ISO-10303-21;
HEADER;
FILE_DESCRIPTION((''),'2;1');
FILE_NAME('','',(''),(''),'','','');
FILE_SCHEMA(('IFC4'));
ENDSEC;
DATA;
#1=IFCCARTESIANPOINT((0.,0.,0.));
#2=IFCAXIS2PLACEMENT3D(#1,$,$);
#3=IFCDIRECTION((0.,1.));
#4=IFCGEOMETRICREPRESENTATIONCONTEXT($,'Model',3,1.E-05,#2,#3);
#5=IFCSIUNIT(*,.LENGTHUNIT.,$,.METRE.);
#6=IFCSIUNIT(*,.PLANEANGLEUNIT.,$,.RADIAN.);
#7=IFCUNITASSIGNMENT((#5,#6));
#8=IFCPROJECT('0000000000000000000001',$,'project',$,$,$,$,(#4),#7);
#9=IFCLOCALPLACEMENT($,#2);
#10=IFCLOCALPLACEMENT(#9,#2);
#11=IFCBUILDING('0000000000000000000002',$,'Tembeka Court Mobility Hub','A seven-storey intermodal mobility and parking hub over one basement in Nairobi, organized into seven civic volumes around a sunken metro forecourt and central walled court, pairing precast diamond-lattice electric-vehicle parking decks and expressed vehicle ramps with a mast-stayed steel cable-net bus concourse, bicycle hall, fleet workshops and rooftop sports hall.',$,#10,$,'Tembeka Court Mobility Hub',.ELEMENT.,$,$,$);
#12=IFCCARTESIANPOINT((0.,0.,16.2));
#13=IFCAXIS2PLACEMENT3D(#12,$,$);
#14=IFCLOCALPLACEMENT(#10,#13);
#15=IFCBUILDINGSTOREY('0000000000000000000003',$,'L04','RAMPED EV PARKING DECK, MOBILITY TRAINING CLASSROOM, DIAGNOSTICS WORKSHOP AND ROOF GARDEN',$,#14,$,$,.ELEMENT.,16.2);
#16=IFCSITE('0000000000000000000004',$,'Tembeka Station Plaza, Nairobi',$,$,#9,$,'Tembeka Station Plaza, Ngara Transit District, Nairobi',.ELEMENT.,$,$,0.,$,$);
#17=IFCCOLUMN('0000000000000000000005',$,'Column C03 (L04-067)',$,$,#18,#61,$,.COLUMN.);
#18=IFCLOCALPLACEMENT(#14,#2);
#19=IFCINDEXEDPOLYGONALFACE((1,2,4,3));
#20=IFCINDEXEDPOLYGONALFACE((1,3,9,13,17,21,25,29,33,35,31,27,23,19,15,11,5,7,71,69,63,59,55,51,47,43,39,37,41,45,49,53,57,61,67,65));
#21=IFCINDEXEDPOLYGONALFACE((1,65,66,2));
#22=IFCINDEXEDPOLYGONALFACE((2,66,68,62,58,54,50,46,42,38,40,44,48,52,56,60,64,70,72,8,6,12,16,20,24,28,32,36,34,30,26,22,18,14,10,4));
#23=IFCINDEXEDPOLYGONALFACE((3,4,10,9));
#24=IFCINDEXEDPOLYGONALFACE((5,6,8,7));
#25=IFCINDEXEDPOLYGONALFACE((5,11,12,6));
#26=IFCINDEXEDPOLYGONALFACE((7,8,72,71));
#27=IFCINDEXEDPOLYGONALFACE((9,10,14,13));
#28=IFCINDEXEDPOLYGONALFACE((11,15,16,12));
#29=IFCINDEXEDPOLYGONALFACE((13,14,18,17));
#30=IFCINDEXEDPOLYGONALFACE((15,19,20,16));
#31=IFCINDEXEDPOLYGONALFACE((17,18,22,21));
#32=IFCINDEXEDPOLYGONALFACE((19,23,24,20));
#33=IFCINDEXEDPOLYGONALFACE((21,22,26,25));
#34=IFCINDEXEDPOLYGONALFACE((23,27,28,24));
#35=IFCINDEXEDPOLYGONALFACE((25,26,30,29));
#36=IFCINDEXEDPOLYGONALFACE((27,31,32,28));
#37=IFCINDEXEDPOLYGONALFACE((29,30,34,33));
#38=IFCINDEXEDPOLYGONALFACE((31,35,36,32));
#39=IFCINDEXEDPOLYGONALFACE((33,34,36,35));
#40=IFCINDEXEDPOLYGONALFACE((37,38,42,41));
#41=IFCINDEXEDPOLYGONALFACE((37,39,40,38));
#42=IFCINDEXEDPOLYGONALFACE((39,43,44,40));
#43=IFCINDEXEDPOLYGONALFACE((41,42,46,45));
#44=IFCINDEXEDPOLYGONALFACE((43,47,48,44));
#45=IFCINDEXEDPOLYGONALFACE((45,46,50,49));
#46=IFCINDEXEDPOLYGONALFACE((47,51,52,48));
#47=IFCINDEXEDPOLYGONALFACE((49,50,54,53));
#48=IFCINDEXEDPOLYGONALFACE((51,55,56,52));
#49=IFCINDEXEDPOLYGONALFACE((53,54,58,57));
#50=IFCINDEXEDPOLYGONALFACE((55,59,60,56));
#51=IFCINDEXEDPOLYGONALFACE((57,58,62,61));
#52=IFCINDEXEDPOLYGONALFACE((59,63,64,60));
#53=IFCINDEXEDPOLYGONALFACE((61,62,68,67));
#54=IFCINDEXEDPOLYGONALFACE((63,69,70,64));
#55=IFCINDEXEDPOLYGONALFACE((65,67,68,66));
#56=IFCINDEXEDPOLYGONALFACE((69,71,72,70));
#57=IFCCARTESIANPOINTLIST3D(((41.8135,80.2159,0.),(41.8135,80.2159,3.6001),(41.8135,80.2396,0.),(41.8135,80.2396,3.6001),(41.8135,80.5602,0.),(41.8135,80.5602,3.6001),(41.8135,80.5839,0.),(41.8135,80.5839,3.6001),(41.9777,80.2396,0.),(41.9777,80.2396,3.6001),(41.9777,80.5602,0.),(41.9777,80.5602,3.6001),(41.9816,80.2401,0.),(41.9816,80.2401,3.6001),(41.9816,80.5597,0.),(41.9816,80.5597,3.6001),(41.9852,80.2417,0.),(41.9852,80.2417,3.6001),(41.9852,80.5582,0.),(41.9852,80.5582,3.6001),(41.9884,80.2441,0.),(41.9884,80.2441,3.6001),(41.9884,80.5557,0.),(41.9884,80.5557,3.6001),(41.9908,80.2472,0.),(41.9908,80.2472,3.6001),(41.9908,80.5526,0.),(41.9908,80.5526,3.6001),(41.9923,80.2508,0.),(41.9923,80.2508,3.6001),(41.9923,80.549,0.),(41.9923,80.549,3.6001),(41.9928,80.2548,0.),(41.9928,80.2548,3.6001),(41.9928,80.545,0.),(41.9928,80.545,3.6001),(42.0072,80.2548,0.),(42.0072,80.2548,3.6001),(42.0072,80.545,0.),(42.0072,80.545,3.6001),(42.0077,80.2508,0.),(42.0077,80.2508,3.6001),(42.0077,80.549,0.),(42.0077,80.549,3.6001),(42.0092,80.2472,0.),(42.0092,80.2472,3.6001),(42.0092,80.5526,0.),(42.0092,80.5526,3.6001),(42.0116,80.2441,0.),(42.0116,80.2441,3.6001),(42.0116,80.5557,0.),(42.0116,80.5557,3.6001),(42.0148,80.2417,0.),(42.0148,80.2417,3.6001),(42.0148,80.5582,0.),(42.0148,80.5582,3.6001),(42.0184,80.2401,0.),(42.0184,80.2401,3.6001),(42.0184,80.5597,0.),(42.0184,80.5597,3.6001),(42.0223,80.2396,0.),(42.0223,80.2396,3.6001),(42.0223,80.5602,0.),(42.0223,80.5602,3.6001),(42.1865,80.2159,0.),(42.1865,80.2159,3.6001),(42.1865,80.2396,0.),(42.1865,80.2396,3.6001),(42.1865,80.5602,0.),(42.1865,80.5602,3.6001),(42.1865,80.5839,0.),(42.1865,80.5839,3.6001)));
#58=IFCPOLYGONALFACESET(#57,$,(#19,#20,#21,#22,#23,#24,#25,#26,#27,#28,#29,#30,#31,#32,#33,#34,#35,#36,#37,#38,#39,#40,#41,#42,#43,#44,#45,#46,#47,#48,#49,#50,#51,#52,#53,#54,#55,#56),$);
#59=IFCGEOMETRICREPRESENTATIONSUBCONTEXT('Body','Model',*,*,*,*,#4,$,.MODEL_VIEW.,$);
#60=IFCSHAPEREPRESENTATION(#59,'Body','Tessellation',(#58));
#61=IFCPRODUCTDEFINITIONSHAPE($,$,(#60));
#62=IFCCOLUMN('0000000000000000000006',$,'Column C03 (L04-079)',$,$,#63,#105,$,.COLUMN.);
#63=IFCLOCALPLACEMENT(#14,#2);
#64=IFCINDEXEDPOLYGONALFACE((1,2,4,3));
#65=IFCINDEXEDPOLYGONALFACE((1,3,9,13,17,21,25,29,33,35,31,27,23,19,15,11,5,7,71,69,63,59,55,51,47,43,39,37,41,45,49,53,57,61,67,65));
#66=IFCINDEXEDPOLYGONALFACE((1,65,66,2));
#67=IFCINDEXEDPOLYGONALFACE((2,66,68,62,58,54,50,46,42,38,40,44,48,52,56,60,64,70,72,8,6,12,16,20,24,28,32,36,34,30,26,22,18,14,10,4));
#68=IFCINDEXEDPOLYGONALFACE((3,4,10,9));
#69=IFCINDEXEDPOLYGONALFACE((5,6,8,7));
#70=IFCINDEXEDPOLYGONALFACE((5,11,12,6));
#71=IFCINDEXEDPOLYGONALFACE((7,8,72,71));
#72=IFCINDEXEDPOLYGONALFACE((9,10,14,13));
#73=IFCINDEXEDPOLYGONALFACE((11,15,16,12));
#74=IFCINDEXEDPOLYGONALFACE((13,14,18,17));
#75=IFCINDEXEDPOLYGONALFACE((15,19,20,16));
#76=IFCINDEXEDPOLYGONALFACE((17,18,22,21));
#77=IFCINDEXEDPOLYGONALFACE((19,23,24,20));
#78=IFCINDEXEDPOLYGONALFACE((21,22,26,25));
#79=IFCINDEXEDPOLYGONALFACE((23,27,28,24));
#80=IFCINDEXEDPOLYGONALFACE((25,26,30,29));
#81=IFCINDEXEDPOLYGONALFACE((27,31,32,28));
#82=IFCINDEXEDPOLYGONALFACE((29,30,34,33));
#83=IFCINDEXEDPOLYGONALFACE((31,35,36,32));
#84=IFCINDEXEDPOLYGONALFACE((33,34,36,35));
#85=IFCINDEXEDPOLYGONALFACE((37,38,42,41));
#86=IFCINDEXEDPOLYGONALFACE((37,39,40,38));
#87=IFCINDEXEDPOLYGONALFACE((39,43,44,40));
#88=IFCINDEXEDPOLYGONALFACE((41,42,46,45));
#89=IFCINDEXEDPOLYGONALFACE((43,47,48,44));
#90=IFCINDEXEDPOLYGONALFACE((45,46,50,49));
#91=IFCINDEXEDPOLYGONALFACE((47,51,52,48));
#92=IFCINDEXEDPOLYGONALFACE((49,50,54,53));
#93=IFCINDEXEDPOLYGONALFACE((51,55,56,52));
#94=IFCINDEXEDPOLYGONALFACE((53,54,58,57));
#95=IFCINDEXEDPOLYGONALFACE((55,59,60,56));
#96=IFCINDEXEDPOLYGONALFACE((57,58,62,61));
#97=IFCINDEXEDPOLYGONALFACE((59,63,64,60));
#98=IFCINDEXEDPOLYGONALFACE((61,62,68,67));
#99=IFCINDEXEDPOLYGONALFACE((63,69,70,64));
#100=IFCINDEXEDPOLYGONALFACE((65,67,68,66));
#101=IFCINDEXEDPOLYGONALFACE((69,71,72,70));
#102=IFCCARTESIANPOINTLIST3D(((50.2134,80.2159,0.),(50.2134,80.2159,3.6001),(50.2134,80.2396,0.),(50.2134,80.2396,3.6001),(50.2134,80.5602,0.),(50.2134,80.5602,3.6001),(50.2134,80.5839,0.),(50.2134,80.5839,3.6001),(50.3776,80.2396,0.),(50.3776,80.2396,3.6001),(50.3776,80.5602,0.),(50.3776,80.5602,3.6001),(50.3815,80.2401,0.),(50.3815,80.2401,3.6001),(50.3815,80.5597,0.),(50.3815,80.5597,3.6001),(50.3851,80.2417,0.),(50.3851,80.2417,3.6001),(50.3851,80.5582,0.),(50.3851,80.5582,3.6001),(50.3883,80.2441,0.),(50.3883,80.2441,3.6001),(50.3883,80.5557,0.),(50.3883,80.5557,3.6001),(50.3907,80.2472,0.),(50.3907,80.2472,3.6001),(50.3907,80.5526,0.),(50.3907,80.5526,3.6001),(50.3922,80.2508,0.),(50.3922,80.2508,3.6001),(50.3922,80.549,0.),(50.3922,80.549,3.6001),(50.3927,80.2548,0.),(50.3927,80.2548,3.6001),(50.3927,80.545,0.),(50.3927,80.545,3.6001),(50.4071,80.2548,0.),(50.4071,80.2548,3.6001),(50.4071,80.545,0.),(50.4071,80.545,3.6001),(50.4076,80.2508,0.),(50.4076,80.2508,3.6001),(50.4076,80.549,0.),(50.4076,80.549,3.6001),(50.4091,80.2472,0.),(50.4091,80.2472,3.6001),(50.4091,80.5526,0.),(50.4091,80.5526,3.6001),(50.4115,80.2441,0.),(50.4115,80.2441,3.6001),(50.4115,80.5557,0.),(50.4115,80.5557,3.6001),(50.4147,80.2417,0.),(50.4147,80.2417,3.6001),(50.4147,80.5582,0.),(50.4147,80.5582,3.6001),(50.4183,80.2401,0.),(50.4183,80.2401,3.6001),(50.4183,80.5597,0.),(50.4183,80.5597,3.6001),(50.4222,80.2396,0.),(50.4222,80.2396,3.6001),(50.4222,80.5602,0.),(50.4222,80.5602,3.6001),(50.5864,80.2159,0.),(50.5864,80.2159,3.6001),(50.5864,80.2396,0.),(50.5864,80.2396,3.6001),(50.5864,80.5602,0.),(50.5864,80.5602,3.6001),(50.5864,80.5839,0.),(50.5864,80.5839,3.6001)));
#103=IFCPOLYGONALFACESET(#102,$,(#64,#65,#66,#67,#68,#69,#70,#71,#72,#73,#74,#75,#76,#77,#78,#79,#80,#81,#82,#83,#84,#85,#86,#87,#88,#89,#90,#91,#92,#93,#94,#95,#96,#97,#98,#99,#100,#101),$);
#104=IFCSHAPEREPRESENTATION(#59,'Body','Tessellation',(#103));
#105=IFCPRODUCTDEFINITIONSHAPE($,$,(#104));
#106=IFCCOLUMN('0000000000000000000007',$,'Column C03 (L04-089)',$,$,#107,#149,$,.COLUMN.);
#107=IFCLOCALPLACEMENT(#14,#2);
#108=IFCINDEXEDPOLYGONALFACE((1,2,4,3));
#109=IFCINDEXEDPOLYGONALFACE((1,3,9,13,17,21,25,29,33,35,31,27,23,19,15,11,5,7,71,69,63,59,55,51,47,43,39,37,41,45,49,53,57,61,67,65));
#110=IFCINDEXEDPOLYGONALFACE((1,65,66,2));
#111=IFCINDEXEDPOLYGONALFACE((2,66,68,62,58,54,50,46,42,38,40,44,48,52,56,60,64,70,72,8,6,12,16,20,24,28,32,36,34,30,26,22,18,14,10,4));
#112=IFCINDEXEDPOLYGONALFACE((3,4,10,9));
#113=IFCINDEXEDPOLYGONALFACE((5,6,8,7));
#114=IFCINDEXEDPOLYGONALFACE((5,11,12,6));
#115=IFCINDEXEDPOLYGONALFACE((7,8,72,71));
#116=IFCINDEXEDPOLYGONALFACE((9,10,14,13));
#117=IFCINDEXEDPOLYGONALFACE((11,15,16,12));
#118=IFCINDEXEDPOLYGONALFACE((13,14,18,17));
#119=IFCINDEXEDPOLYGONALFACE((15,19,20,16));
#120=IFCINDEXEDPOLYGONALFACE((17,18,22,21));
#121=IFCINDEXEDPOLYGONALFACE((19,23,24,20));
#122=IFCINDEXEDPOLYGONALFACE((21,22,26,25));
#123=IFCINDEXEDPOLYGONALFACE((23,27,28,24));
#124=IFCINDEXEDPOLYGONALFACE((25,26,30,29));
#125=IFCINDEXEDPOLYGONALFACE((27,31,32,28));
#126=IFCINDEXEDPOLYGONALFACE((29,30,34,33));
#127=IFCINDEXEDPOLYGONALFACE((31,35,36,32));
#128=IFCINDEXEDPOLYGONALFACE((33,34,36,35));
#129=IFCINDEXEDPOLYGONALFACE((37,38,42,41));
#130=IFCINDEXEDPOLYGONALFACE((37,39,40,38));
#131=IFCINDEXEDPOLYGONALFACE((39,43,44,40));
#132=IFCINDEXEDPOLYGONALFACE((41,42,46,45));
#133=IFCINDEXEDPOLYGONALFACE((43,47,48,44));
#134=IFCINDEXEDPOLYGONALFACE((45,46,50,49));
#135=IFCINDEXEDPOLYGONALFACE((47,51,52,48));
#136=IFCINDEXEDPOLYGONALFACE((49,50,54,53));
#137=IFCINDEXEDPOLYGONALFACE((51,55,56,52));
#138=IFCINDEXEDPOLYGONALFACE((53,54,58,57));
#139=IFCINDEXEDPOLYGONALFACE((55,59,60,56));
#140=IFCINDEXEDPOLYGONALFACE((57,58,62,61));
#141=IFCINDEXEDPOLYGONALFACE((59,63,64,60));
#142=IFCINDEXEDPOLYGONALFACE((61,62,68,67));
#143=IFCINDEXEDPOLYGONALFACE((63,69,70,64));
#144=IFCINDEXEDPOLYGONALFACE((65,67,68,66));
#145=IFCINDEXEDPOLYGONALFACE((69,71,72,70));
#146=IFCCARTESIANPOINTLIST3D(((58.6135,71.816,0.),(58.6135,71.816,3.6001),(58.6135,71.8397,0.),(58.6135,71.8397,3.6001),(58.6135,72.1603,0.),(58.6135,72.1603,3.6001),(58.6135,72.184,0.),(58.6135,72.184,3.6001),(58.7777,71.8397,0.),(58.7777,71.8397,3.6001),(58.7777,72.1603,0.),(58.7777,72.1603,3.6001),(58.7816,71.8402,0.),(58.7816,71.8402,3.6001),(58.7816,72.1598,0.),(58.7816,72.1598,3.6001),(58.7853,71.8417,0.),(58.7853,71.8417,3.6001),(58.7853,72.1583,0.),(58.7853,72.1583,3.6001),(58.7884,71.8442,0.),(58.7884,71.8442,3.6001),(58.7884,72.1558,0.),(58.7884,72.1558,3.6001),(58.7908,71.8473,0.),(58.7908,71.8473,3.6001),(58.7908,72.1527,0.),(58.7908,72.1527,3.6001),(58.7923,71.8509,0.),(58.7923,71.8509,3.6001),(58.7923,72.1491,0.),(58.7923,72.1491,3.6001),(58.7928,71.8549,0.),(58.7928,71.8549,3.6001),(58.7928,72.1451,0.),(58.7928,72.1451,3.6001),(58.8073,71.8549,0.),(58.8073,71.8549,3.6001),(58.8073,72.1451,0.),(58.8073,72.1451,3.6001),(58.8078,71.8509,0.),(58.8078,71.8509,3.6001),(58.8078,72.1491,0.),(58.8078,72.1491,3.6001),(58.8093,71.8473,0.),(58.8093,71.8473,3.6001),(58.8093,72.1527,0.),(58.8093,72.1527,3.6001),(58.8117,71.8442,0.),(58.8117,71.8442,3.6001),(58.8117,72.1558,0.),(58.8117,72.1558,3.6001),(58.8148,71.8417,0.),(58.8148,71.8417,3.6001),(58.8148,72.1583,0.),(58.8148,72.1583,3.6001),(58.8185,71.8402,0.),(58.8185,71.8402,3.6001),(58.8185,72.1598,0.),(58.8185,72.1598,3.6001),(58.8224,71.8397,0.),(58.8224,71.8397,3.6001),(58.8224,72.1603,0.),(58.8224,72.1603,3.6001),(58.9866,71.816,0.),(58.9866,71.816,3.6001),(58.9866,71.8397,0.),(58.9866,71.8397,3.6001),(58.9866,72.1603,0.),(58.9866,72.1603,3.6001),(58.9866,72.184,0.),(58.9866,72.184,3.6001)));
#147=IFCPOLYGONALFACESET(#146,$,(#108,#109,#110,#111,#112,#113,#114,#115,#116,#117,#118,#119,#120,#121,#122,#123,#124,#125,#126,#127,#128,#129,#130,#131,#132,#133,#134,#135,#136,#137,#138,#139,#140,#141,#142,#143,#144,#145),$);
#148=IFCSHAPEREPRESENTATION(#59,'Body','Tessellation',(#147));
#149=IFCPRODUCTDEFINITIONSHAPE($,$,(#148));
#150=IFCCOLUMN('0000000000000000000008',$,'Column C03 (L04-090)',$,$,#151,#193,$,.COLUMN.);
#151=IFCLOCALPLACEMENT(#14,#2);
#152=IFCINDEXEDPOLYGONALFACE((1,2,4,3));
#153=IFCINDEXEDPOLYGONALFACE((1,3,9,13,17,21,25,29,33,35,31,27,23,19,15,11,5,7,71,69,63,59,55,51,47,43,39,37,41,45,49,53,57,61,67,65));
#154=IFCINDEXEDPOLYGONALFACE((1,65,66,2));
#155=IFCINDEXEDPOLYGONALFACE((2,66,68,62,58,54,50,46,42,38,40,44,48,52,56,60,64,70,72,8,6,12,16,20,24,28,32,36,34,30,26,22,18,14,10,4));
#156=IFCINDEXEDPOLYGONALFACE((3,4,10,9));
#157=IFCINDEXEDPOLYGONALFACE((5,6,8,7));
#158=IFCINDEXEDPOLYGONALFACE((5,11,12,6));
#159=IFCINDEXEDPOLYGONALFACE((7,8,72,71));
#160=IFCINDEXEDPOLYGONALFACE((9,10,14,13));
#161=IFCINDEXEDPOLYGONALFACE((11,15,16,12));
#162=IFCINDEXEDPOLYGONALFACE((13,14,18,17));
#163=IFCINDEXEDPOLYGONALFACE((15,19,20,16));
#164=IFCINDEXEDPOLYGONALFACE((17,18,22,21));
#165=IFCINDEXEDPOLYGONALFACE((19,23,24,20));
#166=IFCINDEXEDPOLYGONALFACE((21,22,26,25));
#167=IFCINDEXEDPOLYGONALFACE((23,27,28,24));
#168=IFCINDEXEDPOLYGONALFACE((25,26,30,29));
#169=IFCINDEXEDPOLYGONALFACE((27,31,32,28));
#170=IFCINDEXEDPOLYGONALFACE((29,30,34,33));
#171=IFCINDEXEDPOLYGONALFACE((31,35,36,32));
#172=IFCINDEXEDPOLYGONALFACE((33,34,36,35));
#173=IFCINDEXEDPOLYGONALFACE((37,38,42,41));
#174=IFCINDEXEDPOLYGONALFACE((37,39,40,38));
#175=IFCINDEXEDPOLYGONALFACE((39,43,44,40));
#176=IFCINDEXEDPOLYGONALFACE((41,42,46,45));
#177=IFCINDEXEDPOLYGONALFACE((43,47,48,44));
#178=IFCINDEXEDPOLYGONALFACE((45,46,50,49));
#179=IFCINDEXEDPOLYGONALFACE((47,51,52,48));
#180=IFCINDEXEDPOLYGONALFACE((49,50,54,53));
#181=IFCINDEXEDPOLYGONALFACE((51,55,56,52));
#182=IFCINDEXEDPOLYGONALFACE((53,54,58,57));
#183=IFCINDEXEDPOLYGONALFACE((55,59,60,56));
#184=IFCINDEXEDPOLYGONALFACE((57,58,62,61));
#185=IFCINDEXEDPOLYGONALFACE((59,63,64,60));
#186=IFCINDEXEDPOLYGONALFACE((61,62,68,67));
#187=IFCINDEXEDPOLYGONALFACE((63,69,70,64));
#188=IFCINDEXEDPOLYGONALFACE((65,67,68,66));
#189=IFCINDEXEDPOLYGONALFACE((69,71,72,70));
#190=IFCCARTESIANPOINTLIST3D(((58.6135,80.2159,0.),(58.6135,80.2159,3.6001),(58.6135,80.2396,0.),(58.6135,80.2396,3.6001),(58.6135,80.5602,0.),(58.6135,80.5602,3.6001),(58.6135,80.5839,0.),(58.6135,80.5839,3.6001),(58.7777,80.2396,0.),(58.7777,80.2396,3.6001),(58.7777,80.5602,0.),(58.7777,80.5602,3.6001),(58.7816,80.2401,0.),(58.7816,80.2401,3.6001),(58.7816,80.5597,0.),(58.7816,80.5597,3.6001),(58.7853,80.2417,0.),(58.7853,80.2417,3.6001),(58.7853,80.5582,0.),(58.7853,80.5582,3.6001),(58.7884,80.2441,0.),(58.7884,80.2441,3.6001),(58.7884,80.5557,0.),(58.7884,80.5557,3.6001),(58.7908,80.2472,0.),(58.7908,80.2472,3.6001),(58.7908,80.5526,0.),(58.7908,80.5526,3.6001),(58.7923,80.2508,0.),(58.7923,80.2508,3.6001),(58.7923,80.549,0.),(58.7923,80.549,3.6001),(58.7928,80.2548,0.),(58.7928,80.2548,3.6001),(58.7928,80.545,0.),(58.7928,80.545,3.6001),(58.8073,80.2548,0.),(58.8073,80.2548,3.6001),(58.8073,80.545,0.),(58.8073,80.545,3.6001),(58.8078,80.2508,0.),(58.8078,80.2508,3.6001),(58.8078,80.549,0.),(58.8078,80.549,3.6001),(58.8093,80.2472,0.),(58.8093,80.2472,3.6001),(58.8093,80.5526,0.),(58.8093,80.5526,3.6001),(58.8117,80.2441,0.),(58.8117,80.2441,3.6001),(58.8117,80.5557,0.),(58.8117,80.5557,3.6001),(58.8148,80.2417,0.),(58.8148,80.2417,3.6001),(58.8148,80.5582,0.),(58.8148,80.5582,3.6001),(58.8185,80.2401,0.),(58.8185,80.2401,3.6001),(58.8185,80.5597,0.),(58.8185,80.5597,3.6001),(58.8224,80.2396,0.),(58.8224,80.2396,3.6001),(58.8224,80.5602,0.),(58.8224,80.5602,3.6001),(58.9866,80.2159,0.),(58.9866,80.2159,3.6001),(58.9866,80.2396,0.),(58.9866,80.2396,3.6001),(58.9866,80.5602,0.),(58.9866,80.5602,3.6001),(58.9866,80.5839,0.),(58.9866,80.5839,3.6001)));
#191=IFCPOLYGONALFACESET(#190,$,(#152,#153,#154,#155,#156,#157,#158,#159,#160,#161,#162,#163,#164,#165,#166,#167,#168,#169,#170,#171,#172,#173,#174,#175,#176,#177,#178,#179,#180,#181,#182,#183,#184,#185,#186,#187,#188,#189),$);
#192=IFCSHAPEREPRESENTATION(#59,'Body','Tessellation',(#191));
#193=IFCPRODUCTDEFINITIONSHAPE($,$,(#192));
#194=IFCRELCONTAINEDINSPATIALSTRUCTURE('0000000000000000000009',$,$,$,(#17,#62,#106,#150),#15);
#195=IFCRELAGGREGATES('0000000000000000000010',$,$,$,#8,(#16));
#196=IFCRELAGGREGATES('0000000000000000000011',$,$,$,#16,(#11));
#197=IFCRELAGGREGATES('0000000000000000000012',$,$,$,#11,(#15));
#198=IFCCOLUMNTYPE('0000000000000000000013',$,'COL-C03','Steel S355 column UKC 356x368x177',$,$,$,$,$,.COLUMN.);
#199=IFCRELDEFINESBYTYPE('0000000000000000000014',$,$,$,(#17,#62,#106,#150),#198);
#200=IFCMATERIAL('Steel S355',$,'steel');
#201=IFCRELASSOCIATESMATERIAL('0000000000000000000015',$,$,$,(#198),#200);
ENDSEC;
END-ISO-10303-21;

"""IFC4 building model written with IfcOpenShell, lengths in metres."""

from ifc_helpers import new_model, si_unit, direction, frame, origin, origin_2d, place, context, subcontext, project, spatial, i_section, extrude, material, material_profile, profile_set, type_object, element, save


model = new_model("IFC4")

# Units and contexts
model_context = context("Model", 3, precision=1e-05, world=origin(), true_north=direction((0.0, 1.0)))
body_context = subcontext(model_context, "Body", "Model", "MODEL_VIEW")
ifc_project = project(units=[si_unit("LENGTHUNIT", "METRE"), si_unit("PLANEANGLEUNIT", "RADIAN")], contexts=[model_context])

# Site, building, storey
site_placement = place(None, origin())
site = spatial("IfcSite", under=ifc_project, at=site_placement, Name="Tembeka Station Plaza, Nairobi", LongName="Tembeka Station Plaza, Ngara Transit District, Nairobi", CompositionType="ELEMENT", RefElevation=0.0)
building_placement = place(site_placement, origin())
building = spatial("IfcBuilding", under=site, at=building_placement, Name="Tembeka Court Mobility Hub", Description="A seven-storey intermodal mobility and parking hub over one basement in Nairobi, organized into seven civic volumes around a sunken metro forecourt and central walled court, pairing precast diamond-lattice electric-vehicle parking decks and expressed vehicle ramps with a mast-stayed steel cable-net bus concourse, bicycle hall, fleet workshops and rooftop sports hall.", LongName="Tembeka Court Mobility Hub", CompositionType="ELEMENT")
storey_placement = place(building_placement, frame((0.0, 0.0, 16.2)))
storey = spatial("IfcBuildingStorey", under=building, at=storey_placement, Name="L04", Description="RAMPED EV PARKING DECK, MOBILITY TRAINING CLASSROOM, DIAGNOSTICS WORKSHOP AND ROOF GARDEN", CompositionType="ELEMENT", Elevation=16.2)

# Columns
ifc_material = material(Name="Steel S355", Category="steel")
ifc_material_profile_1 = material_profile(ifc_material, i_section(OverallWidth=0.373, OverallDepth=0.3679, WebThickness=0.0144, FlangeThickness=0.0237, FilletRadius=0.0151, at=origin_2d()), Name="UKC 356x368x177")
ifc_profile_set_1 = profile_set([ifc_material_profile_1], Name="Steel S355")
column_type = type_object("IfcColumnType", Name="COL-C03", Description="Steel S355 column UKC 356x368x177", PredefinedType="COLUMN", material=ifc_profile_set_1)
for number, where, z_axis, x_axis, name in (
    (1, (42.0, 80.3999, 0.0), (0.0, 0.0, 1.0), (1.0, 0.0, 0.0), "Column C03 (L04-067)"),
    (2, (50.3999, 80.3999, 0.0), (0.0, 0.0, 1.0), (1.0, 0.0, 0.0), "Column C03 (L04-079)"),
    (3, (58.8, 72.0, 0.0), (0.0, 0.0, 1.0), (1.0, 0.0, 0.0), "Column C03 (L04-089)"),
    (4, (58.8, 80.3999, 0.0), (0.0, 0.0, 1.0), (1.0, 0.0, 0.0), "Column C03 (L04-090)"),
):
    element("IfcColumn", number, at=place(storey_placement, frame(where, z_axis=z_axis, x_axis=x_axis)), inside=storey, type_object=column_type, Name=name, PredefinedType="COLUMN", context=body_context, shape_type="SweptSolid", body=[
        extrude(i_section(OverallWidth=0.373, OverallDepth=0.3679, WebThickness=0.0144, FlangeThickness=0.0237, FilletRadius=0.0151, at=origin_2d()), origin(), (0.0, 0.0, 1.0), 3.6001),
    ])

save(model, "model.ifc")
